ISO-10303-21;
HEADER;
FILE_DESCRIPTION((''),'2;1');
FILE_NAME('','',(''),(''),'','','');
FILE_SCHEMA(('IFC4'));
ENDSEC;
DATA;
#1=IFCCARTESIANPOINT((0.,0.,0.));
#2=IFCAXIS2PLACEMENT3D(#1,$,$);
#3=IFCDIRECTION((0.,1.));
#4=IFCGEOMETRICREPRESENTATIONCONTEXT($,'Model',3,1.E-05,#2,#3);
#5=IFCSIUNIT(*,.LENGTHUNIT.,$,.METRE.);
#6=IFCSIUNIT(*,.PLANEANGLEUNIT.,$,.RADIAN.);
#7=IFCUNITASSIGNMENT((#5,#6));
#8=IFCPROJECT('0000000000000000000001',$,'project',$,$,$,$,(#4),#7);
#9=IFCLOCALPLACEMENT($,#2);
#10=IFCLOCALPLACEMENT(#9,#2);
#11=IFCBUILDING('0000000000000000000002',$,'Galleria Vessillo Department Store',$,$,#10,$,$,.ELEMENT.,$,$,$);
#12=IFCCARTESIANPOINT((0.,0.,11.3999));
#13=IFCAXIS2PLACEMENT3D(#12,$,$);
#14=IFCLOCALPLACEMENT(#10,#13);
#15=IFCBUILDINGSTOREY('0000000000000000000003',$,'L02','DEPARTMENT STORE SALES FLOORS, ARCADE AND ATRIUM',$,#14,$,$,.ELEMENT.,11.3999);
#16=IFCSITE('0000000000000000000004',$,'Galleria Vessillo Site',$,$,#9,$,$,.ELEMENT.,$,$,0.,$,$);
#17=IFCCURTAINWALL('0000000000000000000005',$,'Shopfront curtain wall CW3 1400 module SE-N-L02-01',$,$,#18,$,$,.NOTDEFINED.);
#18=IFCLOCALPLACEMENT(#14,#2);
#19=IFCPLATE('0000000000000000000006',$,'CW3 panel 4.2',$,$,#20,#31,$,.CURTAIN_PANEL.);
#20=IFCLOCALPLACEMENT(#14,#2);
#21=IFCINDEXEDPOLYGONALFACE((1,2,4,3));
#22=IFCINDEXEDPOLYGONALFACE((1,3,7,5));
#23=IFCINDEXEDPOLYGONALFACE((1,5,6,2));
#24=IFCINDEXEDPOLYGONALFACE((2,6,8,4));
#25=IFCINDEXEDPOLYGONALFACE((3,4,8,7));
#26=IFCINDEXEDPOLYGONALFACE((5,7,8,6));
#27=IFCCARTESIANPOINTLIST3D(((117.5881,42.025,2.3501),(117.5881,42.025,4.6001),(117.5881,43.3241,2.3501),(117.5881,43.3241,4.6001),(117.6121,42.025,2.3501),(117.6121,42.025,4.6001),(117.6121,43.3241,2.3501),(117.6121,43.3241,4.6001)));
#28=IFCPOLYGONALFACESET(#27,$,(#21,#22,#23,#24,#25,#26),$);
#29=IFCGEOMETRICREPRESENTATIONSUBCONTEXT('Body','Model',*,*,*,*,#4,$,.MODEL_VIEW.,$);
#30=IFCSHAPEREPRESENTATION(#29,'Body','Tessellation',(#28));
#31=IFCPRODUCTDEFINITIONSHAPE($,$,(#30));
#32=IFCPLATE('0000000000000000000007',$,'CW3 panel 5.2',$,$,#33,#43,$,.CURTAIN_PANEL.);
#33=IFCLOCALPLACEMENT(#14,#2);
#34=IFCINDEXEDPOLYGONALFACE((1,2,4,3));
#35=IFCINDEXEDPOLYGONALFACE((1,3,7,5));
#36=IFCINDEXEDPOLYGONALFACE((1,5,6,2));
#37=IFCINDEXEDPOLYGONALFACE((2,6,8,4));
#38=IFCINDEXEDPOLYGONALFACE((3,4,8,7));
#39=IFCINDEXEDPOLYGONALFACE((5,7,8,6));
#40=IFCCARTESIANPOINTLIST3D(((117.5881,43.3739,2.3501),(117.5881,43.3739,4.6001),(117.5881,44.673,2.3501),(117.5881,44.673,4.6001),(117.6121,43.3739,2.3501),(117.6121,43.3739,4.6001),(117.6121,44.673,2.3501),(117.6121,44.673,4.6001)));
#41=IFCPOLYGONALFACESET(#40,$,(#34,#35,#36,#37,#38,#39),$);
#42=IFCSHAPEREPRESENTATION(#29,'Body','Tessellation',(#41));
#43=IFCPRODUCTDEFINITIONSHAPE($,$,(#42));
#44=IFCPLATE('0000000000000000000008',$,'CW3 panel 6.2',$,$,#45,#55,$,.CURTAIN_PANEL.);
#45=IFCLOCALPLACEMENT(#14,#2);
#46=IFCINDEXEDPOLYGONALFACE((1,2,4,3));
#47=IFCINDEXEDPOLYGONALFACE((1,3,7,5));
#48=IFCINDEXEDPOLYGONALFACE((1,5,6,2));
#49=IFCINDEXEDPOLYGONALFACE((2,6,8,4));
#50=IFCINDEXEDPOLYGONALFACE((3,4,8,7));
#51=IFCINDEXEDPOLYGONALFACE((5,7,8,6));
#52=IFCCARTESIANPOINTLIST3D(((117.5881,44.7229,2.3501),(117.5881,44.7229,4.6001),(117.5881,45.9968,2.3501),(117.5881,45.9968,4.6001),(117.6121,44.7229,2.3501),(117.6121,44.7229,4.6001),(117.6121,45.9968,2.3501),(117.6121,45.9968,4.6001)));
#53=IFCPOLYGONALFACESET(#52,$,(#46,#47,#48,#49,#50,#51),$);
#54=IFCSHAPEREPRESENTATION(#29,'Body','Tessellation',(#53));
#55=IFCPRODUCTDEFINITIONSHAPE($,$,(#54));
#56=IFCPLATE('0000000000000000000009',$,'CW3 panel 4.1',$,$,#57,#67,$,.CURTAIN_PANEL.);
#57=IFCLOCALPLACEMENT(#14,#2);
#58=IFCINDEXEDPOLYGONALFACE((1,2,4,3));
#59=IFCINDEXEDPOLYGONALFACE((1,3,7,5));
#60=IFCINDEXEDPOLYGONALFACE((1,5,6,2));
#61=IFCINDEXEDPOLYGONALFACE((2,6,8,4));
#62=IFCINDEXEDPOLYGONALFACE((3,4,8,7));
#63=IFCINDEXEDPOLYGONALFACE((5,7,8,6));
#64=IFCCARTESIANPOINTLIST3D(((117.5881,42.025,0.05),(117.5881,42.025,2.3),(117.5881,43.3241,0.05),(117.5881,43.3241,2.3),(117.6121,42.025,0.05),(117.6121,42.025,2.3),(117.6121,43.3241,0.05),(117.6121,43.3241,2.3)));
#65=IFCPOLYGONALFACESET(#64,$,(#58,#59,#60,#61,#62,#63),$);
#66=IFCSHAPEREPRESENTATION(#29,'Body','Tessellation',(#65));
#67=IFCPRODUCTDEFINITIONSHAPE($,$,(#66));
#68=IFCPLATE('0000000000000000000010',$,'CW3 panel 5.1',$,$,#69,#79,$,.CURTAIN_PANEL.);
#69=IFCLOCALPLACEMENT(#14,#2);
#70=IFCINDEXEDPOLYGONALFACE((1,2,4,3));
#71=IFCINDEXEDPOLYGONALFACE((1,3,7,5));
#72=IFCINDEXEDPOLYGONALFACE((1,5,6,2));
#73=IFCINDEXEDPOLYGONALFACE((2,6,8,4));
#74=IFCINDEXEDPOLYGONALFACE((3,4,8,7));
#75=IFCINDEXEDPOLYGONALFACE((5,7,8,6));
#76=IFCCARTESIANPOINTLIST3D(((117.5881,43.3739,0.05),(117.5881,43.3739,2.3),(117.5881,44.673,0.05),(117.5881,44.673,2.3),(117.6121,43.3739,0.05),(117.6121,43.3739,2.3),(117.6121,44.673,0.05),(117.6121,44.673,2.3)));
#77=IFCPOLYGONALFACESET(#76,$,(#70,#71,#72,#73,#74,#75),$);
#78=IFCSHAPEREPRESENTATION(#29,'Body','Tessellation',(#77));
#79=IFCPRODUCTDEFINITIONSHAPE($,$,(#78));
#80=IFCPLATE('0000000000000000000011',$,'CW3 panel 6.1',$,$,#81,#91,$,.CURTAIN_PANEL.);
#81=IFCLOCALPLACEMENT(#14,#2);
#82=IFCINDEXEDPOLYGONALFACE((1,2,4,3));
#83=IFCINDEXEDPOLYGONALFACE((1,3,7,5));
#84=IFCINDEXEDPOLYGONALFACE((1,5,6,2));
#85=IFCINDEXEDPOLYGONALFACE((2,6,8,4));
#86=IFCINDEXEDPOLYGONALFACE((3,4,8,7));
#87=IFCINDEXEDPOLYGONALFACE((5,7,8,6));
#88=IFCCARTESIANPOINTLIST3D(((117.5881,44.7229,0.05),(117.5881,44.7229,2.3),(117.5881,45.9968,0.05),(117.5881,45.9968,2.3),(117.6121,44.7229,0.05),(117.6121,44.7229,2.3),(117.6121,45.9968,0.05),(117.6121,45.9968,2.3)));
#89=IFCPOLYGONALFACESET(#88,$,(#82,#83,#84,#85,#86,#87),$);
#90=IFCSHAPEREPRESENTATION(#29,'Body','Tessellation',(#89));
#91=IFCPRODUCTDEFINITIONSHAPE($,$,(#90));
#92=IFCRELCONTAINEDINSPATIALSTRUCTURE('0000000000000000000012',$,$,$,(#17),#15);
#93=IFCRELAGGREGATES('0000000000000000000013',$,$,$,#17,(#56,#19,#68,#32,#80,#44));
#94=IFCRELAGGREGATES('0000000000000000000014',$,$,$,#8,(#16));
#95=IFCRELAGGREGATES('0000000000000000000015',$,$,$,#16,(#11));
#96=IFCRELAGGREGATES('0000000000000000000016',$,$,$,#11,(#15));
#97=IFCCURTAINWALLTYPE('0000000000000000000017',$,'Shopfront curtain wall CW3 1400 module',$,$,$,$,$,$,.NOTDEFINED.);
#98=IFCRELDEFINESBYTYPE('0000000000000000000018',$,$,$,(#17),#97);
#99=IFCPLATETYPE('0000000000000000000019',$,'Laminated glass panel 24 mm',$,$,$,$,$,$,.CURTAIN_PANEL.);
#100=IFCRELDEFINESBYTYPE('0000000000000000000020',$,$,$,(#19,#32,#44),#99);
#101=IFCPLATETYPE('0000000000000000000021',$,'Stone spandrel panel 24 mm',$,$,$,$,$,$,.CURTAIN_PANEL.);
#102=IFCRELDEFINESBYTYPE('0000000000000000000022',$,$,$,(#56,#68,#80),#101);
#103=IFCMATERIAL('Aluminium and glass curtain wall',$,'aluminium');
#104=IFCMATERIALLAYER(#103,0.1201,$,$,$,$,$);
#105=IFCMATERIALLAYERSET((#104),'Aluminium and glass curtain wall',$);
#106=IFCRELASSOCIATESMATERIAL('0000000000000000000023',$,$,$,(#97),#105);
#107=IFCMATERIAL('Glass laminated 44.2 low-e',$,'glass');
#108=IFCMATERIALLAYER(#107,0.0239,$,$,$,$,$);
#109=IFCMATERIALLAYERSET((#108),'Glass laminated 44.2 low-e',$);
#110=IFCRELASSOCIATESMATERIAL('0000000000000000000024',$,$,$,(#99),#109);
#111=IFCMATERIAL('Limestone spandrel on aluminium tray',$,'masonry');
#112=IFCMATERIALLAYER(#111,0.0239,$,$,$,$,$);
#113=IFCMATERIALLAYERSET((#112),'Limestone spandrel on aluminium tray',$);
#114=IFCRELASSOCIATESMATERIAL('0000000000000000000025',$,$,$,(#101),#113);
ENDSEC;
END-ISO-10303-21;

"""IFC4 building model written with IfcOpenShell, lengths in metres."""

from ifc_helpers import new_model, si_unit, direction, frame, origin, origin_2d, place, context, subcontext, project, spatial, rectangle, extrude, material, layer, layer_set, type_object, element, aggregate, save


model = new_model("IFC4")

# Units and contexts
model_context = context("Model", 3, precision=1e-05, world=origin(), true_north=direction((0.0, 1.0)))
body_context = subcontext(model_context, "Body", "Model", "MODEL_VIEW")
ifc_project = project(units=[si_unit("LENGTHUNIT", "METRE"), si_unit("PLANEANGLEUNIT", "RADIAN")], contexts=[model_context])

# Site, building, storey
site_placement = place(None, origin())
site = spatial("IfcSite", under=ifc_project, at=site_placement, Name="Galleria Vessillo Site", CompositionType="ELEMENT", RefElevation=0.0)
building_placement = place(site_placement, origin())
building = spatial("IfcBuilding", under=site, at=building_placement, Name="Galleria Vessillo Department Store", CompositionType="ELEMENT")
storey_placement = place(building_placement, frame((0.0, 0.0, 11.3999)))
storey = spatial("IfcBuildingStorey", under=building, at=storey_placement, Name="L02", Description="DEPARTMENT STORE SALES FLOORS, ARCADE AND ATRIUM", CompositionType="ELEMENT", Elevation=11.3999)

# Curtain wall
ifc_material_1 = material(Name="Aluminium and glass curtain wall", Category="aluminium")
ifc_layer_1 = layer(ifc_material_1, 0.1201)
ifc_layer_set_1 = layer_set([ifc_layer_1], Name="Aluminium and glass curtain wall")
curtain_wall_type = type_object("IfcCurtainWallType", Name="Shopfront curtain wall CW3 1400 module", PredefinedType="NOTDEFINED", material=ifc_layer_set_1)
curtain_wall_placement = place(storey_placement, origin())
curtain_wall = element("IfcCurtainWall", 1, at=curtain_wall_placement, inside=storey, type_object=curtain_wall_type, Name="Shopfront curtain wall CW3 1400 module SE-N-L02-01", PredefinedType="NOTDEFINED")

# Plates
ifc_material_2 = material(Name="Glass laminated 44.2 low-e", Category="glass")
ifc_layer_2 = layer(ifc_material_2, 0.0239)
ifc_layer_set_2 = layer_set([ifc_layer_2], Name="Glass laminated 44.2 low-e")
plate_type_1 = type_object("IfcPlateType", Name="Laminated glass panel 24 mm", PredefinedType="CURTAIN_PANEL", material=ifc_layer_set_2)
plate_1_placement = place(storey_placement, frame((117.6001, 42.6746, 2.3501), z_axis=(0.0, 0.0, 1.0), x_axis=(0.0, 1.0, 0.0)))
plate_1 = element("IfcPlate", 2, at=plate_1_placement, type_object=plate_type_1, Name="CW3 panel 4.2", PredefinedType="CURTAIN_PANEL", context=body_context, shape_type="SweptSolid", body=[
    extrude(rectangle(XDim=1.2991, YDim=0.0239, at=origin_2d()), origin(), (0.0, 0.0, 1.0), 2.25),
])
plate_2_placement = place(storey_placement, frame((117.6001, 44.0234, 2.3501), z_axis=(0.0, 0.0, 1.0), x_axis=(0.0, 1.0, 0.0)))
plate_2 = element("IfcPlate", 3, at=plate_2_placement, type_object=plate_type_1, Name="CW3 panel 5.2", PredefinedType="CURTAIN_PANEL", context=body_context, shape_type="SweptSolid", body=[
    extrude(rectangle(XDim=1.2991, YDim=0.0239, at=origin_2d()), origin(), (0.0, 0.0, 1.0), 2.25),
])
plate_3_placement = place(storey_placement, frame((117.6001, 45.3599, 2.3501), z_axis=(0.0, 0.0, 1.0), x_axis=(0.0, 1.0, 0.0)))
plate_3 = element("IfcPlate", 4, at=plate_3_placement, type_object=plate_type_1, Name="CW3 panel 6.2", PredefinedType="CURTAIN_PANEL", context=body_context, shape_type="SweptSolid", body=[
    extrude(rectangle(XDim=1.2739, YDim=0.0239, at=origin_2d()), origin(), (0.0, 0.0, 1.0), 2.25),
])
ifc_material_3 = material(Name="Limestone spandrel on aluminium tray", Category="masonry")
ifc_layer_3 = layer(ifc_material_3, 0.0239)
ifc_layer_set_3 = layer_set([ifc_layer_3], Name="Limestone spandrel on aluminium tray")
plate_type_2 = type_object("IfcPlateType", Name="Stone spandrel panel 24 mm", PredefinedType="CURTAIN_PANEL", material=ifc_layer_set_3)
plate_4_placement = place(storey_placement, frame((117.6001, 42.6746, 0.05), z_axis=(0.0, 0.0, 1.0), x_axis=(0.0, 1.0, 0.0)))
plate_4 = element("IfcPlate", 5, at=plate_4_placement, type_object=plate_type_2, Name="CW3 panel 4.1", PredefinedType="CURTAIN_PANEL", context=body_context, shape_type="SweptSolid", body=[
    extrude(rectangle(XDim=1.2991, YDim=0.0239, at=origin_2d()), origin(), (0.0, 0.0, 1.0), 2.25),
])
plate_5_placement = place(storey_placement, frame((117.6001, 44.0234, 0.05), z_axis=(0.0, 0.0, 1.0), x_axis=(0.0, 1.0, 0.0)))
plate_5 = element("IfcPlate", 6, at=plate_5_placement, type_object=plate_type_2, Name="CW3 panel 5.1", PredefinedType="CURTAIN_PANEL", context=body_context, shape_type="SweptSolid", body=[
    extrude(rectangle(XDim=1.2991, YDim=0.0239, at=origin_2d()), origin(), (0.0, 0.0, 1.0), 2.25),
])
plate_6_placement = place(storey_placement, frame((117.6001, 45.3599, 0.05), z_axis=(0.0, 0.0, 1.0), x_axis=(0.0, 1.0, 0.0)))
plate_6 = element("IfcPlate", 7, at=plate_6_placement, type_object=plate_type_2, Name="CW3 panel 6.1", PredefinedType="CURTAIN_PANEL", context=body_context, shape_type="SweptSolid", body=[
    extrude(rectangle(XDim=1.2739, YDim=0.0239, at=origin_2d()), origin(), (0.0, 0.0, 1.0), 2.25),
])
aggregate(curtain_wall, [plate_4, plate_1, plate_5, plate_2, plate_6, plate_3])

save(model, "model.ifc")
